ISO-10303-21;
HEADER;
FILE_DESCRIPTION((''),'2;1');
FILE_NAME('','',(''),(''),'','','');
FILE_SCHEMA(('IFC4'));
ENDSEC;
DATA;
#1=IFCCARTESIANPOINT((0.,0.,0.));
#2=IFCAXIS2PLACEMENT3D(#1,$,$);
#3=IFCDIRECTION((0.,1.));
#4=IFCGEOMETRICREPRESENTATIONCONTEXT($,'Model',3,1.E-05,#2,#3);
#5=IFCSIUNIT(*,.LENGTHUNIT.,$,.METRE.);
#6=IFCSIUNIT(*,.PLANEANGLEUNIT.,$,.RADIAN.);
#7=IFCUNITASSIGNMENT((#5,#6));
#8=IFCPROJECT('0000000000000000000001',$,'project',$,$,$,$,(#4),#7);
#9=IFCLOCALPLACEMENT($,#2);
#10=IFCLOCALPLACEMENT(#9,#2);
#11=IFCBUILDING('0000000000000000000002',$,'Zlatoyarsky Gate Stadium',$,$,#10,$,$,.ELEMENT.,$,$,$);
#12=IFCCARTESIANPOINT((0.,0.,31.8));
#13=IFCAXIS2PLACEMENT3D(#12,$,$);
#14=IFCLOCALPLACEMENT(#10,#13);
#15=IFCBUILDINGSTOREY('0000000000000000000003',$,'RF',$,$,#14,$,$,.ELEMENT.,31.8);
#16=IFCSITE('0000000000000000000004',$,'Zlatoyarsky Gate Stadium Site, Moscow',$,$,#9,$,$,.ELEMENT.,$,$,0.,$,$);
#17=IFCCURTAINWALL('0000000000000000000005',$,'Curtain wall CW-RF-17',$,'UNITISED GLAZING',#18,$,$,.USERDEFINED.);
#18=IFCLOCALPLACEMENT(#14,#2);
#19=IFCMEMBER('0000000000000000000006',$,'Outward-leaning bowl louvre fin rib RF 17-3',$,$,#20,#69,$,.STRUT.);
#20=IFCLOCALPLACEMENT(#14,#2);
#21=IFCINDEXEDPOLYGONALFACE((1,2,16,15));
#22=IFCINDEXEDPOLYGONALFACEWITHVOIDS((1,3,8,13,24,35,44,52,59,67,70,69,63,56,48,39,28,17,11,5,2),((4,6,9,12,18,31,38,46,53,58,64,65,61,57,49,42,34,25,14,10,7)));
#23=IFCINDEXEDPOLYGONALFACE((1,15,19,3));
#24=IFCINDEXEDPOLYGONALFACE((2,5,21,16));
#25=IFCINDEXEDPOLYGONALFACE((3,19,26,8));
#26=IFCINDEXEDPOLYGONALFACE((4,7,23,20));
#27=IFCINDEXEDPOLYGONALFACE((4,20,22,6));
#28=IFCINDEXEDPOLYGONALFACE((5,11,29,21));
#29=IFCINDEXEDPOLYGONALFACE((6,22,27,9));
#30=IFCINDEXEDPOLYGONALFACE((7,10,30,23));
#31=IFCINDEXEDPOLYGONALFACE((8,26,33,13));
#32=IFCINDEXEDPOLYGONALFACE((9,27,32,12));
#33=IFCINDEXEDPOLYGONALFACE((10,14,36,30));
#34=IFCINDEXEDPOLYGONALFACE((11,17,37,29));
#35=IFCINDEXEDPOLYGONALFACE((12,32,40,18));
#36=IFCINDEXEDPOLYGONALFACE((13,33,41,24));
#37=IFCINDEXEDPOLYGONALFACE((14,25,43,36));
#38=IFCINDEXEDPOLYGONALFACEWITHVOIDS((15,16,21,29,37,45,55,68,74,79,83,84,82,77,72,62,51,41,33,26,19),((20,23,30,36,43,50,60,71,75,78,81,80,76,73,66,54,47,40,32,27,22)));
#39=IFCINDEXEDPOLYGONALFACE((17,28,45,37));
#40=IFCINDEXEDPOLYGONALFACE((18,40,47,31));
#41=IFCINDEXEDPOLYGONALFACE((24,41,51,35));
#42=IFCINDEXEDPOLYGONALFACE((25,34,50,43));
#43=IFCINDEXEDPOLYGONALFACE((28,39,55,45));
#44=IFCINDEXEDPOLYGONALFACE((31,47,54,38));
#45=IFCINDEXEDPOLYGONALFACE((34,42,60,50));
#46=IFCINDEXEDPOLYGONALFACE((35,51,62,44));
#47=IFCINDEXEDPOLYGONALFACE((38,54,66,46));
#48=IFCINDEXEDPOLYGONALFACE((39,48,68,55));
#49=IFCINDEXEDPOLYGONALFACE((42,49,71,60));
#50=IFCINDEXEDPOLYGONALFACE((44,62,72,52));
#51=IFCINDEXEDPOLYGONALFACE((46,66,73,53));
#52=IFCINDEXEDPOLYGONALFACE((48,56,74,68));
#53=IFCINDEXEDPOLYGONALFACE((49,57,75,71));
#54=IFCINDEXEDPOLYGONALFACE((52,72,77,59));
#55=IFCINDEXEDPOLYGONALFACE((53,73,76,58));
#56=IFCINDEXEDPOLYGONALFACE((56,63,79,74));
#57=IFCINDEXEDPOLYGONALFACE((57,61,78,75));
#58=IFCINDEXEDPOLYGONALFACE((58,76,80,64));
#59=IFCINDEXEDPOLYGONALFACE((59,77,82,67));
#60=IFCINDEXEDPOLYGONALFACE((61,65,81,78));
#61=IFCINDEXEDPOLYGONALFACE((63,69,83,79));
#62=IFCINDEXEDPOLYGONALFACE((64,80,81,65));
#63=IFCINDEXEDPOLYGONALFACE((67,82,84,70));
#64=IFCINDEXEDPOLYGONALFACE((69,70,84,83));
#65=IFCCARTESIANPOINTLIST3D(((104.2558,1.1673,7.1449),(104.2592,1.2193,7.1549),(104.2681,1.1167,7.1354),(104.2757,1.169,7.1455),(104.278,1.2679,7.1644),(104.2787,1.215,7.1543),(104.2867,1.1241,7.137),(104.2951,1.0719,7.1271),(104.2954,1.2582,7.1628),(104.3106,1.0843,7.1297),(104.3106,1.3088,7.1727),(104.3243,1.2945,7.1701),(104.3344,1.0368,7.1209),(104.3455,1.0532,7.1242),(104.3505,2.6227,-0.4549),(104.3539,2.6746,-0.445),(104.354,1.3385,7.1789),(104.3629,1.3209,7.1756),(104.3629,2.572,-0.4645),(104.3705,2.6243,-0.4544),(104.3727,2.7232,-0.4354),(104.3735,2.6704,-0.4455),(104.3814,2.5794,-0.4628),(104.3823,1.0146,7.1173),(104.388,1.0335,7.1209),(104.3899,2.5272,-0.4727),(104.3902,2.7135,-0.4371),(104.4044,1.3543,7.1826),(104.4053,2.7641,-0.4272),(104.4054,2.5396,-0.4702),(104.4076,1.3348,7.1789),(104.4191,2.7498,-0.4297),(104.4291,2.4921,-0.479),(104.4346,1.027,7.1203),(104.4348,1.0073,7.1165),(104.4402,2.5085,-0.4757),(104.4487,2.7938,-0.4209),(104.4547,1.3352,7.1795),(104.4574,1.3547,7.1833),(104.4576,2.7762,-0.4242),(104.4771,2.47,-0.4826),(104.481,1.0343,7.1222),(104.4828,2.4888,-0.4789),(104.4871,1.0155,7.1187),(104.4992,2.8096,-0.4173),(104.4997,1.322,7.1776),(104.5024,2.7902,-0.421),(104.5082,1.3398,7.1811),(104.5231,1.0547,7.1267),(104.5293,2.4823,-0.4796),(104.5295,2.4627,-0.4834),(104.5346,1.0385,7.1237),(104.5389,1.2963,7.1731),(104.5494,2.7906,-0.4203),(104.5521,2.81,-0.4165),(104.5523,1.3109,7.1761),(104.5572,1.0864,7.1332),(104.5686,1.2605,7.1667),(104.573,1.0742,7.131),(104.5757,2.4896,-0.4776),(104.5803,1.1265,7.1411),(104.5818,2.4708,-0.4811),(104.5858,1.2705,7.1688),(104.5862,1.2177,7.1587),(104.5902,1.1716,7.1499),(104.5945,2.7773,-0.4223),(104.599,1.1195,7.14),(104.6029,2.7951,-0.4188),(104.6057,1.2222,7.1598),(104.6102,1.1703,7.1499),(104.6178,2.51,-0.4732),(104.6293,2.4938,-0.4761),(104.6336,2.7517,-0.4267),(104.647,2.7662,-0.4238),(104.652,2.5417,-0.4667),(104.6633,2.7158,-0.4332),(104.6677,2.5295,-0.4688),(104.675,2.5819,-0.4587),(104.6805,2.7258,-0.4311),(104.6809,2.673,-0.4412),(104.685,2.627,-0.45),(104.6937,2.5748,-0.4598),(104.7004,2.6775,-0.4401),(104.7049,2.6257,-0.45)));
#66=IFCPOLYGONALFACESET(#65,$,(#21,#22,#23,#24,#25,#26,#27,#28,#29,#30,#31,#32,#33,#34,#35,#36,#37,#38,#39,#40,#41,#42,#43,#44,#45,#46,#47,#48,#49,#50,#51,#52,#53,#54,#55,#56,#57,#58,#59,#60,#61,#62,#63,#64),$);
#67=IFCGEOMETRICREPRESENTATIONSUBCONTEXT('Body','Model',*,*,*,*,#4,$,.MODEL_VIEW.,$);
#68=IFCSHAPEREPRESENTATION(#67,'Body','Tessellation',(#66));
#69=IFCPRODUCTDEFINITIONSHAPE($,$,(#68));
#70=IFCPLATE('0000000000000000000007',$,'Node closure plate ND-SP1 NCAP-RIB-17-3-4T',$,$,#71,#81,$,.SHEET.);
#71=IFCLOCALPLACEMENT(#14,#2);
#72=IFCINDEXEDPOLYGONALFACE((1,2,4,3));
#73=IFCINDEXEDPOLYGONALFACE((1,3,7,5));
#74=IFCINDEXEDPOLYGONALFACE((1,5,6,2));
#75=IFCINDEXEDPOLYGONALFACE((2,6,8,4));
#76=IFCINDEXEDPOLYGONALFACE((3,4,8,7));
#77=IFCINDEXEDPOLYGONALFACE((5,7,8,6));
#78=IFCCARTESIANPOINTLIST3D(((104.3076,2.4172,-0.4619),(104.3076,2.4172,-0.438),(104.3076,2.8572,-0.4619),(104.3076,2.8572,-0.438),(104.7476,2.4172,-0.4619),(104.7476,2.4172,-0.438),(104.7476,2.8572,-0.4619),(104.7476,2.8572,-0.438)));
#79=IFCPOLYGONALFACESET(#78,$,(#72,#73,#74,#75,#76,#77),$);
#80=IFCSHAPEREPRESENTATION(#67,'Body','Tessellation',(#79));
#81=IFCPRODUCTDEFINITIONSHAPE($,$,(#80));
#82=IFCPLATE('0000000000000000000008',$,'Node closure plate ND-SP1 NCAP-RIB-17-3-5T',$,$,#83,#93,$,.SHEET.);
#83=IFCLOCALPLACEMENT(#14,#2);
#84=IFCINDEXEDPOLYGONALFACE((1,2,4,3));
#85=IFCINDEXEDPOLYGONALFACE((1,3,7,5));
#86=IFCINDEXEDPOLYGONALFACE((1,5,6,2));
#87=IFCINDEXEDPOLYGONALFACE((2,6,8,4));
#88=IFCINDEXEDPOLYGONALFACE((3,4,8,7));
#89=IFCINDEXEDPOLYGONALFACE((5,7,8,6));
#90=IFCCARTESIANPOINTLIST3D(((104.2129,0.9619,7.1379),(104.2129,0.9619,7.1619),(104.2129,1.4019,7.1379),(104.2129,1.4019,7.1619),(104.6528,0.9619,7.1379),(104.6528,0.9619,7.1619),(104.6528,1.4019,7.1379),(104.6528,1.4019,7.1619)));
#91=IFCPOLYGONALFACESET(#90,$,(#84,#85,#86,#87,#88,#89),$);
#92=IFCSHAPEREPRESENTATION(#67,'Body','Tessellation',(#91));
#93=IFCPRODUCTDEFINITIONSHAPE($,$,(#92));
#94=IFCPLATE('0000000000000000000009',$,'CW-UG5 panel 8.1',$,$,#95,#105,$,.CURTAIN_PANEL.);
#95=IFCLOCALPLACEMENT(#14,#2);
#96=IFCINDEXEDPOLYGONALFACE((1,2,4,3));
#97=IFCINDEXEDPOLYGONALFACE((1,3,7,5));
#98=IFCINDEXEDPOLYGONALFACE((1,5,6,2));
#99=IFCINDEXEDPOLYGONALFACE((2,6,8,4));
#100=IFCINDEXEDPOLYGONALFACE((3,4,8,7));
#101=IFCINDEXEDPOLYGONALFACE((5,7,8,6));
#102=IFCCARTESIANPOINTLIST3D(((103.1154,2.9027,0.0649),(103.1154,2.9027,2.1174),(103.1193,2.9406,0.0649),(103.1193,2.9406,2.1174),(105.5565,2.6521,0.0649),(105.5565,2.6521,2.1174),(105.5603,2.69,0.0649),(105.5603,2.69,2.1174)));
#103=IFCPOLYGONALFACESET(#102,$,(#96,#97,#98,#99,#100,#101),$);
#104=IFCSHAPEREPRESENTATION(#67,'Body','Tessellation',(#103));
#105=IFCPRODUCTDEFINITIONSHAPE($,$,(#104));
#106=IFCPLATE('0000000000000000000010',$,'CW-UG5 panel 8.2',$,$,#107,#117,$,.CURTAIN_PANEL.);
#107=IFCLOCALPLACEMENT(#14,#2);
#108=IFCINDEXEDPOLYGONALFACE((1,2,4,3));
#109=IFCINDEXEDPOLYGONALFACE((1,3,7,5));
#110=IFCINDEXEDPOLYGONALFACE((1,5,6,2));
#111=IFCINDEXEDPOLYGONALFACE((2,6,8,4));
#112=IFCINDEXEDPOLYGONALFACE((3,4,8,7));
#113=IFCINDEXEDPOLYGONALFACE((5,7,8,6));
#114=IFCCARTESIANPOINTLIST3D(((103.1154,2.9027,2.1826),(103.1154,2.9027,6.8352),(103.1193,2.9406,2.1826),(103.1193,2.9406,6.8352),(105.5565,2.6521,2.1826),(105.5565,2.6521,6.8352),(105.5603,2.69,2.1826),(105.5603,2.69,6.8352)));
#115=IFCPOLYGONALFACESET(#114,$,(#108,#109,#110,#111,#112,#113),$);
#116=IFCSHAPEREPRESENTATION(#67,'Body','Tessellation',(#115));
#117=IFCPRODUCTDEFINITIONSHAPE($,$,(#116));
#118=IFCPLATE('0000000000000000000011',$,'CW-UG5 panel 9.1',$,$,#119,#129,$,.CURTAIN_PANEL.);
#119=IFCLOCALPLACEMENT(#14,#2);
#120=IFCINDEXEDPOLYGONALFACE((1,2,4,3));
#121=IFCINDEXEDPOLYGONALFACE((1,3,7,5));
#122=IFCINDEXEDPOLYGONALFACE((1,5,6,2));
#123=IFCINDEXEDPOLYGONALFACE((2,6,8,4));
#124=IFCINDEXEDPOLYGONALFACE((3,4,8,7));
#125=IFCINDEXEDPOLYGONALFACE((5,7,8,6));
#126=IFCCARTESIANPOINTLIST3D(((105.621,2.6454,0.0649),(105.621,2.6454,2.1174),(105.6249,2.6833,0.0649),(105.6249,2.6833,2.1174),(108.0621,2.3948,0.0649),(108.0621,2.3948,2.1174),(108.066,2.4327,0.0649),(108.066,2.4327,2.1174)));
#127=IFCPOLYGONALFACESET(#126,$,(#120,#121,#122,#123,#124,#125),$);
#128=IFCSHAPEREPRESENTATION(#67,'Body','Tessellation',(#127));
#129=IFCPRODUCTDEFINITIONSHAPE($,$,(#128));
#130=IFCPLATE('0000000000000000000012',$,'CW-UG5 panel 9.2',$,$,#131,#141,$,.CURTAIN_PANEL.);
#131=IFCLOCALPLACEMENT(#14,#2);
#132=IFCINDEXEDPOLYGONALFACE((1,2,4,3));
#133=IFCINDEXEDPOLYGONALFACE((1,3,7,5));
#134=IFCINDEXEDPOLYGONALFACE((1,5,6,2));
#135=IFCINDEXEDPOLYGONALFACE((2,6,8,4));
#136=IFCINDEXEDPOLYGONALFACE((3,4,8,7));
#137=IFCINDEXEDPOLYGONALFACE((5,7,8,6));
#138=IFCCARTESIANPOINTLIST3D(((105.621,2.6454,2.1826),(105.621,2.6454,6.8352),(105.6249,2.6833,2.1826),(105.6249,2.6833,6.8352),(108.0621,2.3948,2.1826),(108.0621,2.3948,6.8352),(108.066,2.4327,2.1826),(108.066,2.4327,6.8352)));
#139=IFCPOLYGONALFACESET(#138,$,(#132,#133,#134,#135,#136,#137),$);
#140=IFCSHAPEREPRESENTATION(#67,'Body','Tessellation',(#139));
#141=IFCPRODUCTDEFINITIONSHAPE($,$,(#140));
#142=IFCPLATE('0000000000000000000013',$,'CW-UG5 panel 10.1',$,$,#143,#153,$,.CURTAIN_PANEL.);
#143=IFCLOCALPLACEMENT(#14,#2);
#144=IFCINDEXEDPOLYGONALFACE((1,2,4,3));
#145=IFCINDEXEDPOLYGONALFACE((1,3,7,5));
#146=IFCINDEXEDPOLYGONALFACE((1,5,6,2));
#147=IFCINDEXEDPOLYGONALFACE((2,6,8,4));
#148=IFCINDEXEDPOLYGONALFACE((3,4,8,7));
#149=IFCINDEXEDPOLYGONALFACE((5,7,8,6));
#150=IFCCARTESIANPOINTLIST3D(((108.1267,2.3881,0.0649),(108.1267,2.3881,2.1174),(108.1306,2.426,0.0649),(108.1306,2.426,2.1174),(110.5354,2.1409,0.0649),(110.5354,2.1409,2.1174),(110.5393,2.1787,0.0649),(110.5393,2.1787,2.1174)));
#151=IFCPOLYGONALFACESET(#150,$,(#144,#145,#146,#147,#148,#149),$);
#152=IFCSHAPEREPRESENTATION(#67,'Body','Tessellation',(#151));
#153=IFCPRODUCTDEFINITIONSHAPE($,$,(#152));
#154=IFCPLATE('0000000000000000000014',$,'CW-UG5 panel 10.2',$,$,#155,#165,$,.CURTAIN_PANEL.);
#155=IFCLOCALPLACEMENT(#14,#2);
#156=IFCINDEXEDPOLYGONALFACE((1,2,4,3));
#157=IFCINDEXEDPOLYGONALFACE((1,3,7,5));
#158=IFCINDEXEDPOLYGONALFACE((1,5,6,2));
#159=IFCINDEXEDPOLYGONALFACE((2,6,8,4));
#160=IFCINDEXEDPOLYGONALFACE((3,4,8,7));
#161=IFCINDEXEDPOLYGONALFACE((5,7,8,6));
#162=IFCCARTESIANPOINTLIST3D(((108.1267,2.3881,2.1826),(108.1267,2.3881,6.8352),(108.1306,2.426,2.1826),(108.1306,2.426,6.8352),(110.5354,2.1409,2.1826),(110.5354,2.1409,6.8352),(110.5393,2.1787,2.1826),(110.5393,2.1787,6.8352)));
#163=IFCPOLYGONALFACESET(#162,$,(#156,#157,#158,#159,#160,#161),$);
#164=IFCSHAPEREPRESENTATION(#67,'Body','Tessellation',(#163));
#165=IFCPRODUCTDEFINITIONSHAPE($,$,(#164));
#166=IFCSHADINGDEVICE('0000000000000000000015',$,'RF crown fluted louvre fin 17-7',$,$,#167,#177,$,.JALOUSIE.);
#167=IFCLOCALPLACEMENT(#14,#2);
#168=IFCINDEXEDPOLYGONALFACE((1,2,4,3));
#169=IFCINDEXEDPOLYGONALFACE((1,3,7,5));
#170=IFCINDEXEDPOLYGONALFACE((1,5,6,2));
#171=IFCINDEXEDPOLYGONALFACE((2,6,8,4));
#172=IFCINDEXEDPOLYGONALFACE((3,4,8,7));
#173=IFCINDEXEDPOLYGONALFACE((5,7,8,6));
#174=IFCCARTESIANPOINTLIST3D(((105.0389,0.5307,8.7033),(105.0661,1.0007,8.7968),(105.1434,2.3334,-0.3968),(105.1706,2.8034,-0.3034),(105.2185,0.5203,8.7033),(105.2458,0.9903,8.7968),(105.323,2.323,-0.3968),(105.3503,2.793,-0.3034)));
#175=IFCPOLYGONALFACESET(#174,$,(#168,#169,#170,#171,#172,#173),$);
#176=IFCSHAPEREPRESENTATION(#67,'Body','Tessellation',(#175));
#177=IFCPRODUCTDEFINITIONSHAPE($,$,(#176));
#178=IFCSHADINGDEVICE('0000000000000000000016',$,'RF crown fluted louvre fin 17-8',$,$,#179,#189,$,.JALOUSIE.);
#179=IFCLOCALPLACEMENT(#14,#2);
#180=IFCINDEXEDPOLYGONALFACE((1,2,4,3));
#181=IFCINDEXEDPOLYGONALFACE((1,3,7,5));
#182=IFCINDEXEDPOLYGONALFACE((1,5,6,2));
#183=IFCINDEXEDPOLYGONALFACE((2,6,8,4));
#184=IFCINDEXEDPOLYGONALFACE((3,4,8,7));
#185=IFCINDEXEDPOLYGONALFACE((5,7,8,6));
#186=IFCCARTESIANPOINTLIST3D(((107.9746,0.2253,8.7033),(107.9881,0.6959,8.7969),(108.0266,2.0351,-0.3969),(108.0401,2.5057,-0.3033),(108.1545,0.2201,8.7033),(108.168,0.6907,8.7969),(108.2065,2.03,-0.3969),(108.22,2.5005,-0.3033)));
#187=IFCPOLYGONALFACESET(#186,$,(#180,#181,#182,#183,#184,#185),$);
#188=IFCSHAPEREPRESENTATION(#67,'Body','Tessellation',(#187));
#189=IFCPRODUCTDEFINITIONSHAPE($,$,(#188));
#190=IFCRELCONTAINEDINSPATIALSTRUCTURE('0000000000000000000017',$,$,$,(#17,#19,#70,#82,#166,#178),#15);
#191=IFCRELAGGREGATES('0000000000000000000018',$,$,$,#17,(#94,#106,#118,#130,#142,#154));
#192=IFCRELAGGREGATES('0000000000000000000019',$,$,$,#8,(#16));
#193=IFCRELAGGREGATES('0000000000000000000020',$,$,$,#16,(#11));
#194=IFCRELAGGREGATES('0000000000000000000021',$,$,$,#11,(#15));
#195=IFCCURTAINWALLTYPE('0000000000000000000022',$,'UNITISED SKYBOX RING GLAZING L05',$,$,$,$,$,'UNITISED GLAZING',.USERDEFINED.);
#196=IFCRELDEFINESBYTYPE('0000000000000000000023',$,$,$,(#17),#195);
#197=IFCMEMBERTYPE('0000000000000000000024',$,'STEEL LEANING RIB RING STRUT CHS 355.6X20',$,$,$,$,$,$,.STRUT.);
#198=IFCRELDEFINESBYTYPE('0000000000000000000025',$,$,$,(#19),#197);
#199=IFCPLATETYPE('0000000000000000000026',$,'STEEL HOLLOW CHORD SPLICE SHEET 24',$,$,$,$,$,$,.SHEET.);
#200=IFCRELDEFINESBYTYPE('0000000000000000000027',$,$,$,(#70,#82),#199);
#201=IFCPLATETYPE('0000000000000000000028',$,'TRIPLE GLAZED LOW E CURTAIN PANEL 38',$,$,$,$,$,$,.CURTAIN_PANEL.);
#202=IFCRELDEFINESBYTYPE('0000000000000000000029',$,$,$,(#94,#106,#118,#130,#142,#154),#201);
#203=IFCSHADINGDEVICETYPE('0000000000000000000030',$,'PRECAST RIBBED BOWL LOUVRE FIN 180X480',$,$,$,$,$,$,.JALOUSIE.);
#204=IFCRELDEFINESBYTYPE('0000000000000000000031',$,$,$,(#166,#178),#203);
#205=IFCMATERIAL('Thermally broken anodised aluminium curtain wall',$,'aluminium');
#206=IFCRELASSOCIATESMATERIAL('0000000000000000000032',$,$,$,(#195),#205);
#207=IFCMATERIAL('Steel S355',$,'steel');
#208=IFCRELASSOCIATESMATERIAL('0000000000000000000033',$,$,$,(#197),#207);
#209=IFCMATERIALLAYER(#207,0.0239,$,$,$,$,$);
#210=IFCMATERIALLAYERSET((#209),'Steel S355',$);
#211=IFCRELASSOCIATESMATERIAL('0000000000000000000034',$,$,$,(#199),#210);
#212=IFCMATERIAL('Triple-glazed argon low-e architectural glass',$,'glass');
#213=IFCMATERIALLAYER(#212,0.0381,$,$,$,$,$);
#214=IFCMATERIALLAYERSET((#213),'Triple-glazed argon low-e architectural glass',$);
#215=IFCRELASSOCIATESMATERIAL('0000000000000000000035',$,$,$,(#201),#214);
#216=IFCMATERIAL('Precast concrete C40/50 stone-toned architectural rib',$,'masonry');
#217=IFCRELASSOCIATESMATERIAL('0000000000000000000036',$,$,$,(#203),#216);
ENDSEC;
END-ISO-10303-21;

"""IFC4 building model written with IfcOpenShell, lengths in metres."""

from ifc_helpers import new_model, si_unit, direction, frame, origin, origin_2d, place, context, subcontext, project, spatial, rectangle, hollow_circle, extrude, material, layer, layer_set, material_profile, profile_set, type_object, element, aggregate, save


model = new_model("IFC4")

# Units and contexts
model_context = context("Model", 3, precision=1e-05, world=origin(), true_north=direction((0.0, 1.0)))
body_context = subcontext(model_context, "Body", "Model", "MODEL_VIEW")
ifc_project = project(units=[si_unit("LENGTHUNIT", "METRE"), si_unit("PLANEANGLEUNIT", "RADIAN")], contexts=[model_context])

# Site, building, storey
site_placement = place(None, origin())
site = spatial("IfcSite", under=ifc_project, at=site_placement, Name="Zlatoyarsky Gate Stadium Site, Moscow", CompositionType="ELEMENT", RefElevation=0.0)
building_placement = place(site_placement, origin())
building = spatial("IfcBuilding", under=site, at=building_placement, Name="Zlatoyarsky Gate Stadium", CompositionType="ELEMENT")
storey_placement = place(building_placement, frame((0.0, 0.0, 31.8)))
storey = spatial("IfcBuildingStorey", under=building, at=storey_placement, Name="RF", CompositionType="ELEMENT", Elevation=31.8)

# Curtain wall
ifc_material_1 = material(Name="Thermally broken anodised aluminium curtain wall", Category="aluminium")
curtain_wall_type = type_object("IfcCurtainWallType", Name="UNITISED SKYBOX RING GLAZING L05", ElementType="UNITISED GLAZING", PredefinedType="USERDEFINED", material=ifc_material_1)
curtain_wall_placement = place(storey_placement, origin())
curtain_wall = element("IfcCurtainWall", 1, at=curtain_wall_placement, inside=storey, type_object=curtain_wall_type, Name="Curtain wall CW-RF-17", ObjectType="UNITISED GLAZING", PredefinedType="USERDEFINED")

# Member
ifc_material_2 = material(Name="Steel S355", Category="steel")
ifc_material_profile_1 = material_profile(ifc_material_2, hollow_circle(Radius=0.1777, WallThickness=0.02, at=origin_2d()), Name="CHS 355.6X20")
ifc_profile_set_1 = profile_set([ifc_material_profile_1], Name="Steel S355")
member_type_1 = type_object("IfcMemberType", Name="STEEL LEANING RIB RING STRUT CHS 355.6X20", PredefinedType="STRUT", material=ifc_profile_set_1)
member_1_placement = place(storey_placement, frame((104.5276, 2.6372, -0.45), z_axis=(-0.012241, -0.188062, 0.982081), x_axis=(0.997888, -0.064952, 0.0)))
element("IfcMember", 2, at=member_1_placement, inside=storey, type_object=member_type_1, Name="Outward-leaning bowl louvre fin rib RF 17-3", PredefinedType="STRUT", context=body_context, shape_type="SweptSolid", body=[
    extrude(hollow_circle(Radius=0.1777, WallThickness=0.02, at=origin_2d()), origin(), (0.0, 0.0, 1.0), 7.7385),
])

# Plates
ifc_layer_1 = layer(ifc_material_2, 0.0239)
ifc_layer_set_1 = layer_set([ifc_layer_1], Name="Steel S355")
plate_type_1 = type_object("IfcPlateType", Name="STEEL HOLLOW CHORD SPLICE SHEET 24", PredefinedType="SHEET", material=ifc_layer_set_1)
for number, where, z_axis, x_axis, name in (
    (3, (104.5276, 2.6372, -0.4619), (0.0, 0.0, 1.0), (1.0, 0.0, 0.0), "Node closure plate ND-SP1 NCAP-RIB-17-3-4T"),
    (4, (104.4329, 1.1819, 7.1379), (0.0, 0.0, 1.0), (1.0, 0.0, 0.0), "Node closure plate ND-SP1 NCAP-RIB-17-3-5T"),
):
    element("IfcPlate", number, at=place(storey_placement, frame(where, z_axis=z_axis, x_axis=x_axis)), inside=storey, type_object=plate_type_1, Name=name, PredefinedType="SHEET", context=body_context, shape_type="SweptSolid", body=[
        extrude(rectangle(XDim=0.4399, YDim=0.4399, at=origin_2d()), origin(), (0.0, 0.0, 1.0), 0.0239),
    ])

# Plates
ifc_material_3 = material(Name="Triple-glazed argon low-e architectural glass", Category="glass")
ifc_layer_2 = layer(ifc_material_3, 0.0381)
ifc_layer_set_2 = layer_set([ifc_layer_2], Name="Triple-glazed argon low-e architectural glass")
plate_type_2 = type_object("IfcPlateType", Name="TRIPLE GLAZED LOW E CURTAIN PANEL 38", PredefinedType="CURTAIN_PANEL", material=ifc_layer_set_2)
plate_1_placement = place(storey_placement, frame((104.3379, 2.7964, 0.0649), z_axis=(0.0, 0.0, 1.0), x_axis=(0.994772, -0.102125, 0.0)))
plate_1 = element("IfcPlate", 5, at=plate_1_placement, type_object=plate_type_2, Name="CW-UG5 panel 8.1", PredefinedType="CURTAIN_PANEL", context=body_context, shape_type="SweptSolid", body=[
    extrude(rectangle(XDim=2.4539, YDim=0.0381, at=origin_2d()), origin(), (0.0, 0.0, 1.0), 2.0525),
])
plate_2_placement = place(storey_placement, frame((104.3379, 2.7964, 2.1826), z_axis=(0.0, 0.0, 1.0), x_axis=(0.994772, -0.102125, 0.0)))
plate_2 = element("IfcPlate", 6, at=plate_2_placement, type_object=plate_type_2, Name="CW-UG5 panel 8.2", PredefinedType="CURTAIN_PANEL", context=body_context, shape_type="SweptSolid", body=[
    extrude(rectangle(XDim=2.4539, YDim=0.0381, at=origin_2d()), origin(), (0.0, 0.0, 1.0), 4.6526),
])
plate_3_placement = place(storey_placement, frame((106.8435, 2.5391, 0.0649), z_axis=(0.0, 0.0, 1.0), x_axis=(0.994772, -0.102125, 0.0)))
plate_3 = element("IfcPlate", 7, at=plate_3_placement, type_object=plate_type_2, Name="CW-UG5 panel 9.1", PredefinedType="CURTAIN_PANEL", context=body_context, shape_type="SweptSolid", body=[
    extrude(rectangle(XDim=2.4539, YDim=0.0381, at=origin_2d()), origin(), (0.0, 0.0, 1.0), 2.0525),
])
plate_4_placement = place(storey_placement, frame((106.8435, 2.5391, 2.1826), z_axis=(0.0, 0.0, 1.0), x_axis=(0.994772, -0.102125, 0.0)))
plate_4 = element("IfcPlate", 8, at=plate_4_placement, type_object=plate_type_2, Name="CW-UG5 panel 9.2", PredefinedType="CURTAIN_PANEL", context=body_context, shape_type="SweptSolid", body=[
    extrude(rectangle(XDim=2.4539, YDim=0.0381, at=origin_2d()), origin(), (0.0, 0.0, 1.0), 4.6526),
])
plate_5_placement = place(storey_placement, frame((109.333, 2.2834, 0.0649), z_axis=(0.0, 0.0, 1.0), x_axis=(0.994772, -0.102125, 0.0)))
plate_5 = element("IfcPlate", 9, at=plate_5_placement, type_object=plate_type_2, Name="CW-UG5 panel 10.1", PredefinedType="CURTAIN_PANEL", context=body_context, shape_type="SweptSolid", body=[
    extrude(rectangle(XDim=2.4214, YDim=0.0381, at=origin_2d()), origin(), (0.0, 0.0, 1.0), 2.0525),
])
plate_6_placement = place(storey_placement, frame((109.333, 2.2834, 2.1826), z_axis=(0.0, 0.0, 1.0), x_axis=(0.994772, -0.102125, 0.0)))
plate_6 = element("IfcPlate", 10, at=plate_6_placement, type_object=plate_type_2, Name="CW-UG5 panel 10.2", PredefinedType="CURTAIN_PANEL", context=body_context, shape_type="SweptSolid", body=[
    extrude(rectangle(XDim=2.4214, YDim=0.0381, at=origin_2d()), origin(), (0.0, 0.0, 1.0), 4.6526),
])
aggregate(curtain_wall, [plate_1, plate_2, plate_3, plate_4, plate_5, plate_6])

# Shading devices
ifc_material_4 = material(Name="Precast concrete C40/50 stone-toned architectural rib", Category="masonry")
ifc_material_profile_2 = material_profile(ifc_material_4, rectangle(XDim=0.1799, YDim=0.48, at=origin_2d()), Name="RIB 180X480")
ifc_profile_set_2 = profile_set([ifc_material_profile_2], Name="Precast concrete C40/50 stone-toned architectural rib")
shading_device_type = type_object("IfcShadingDeviceType", Name="PRECAST RIBBED BOWL LOUVRE FIN 180X480", PredefinedType="JALOUSIE", material=ifc_profile_set_2)
shading_device_1_placement = place(storey_placement, frame((105.2468, 2.5632, -0.3501), z_axis=(-0.011263, -0.194312, 0.980875), x_axis=(0.998324, -0.057866, 0.0)))
element("IfcShadingDevice", 11, at=shading_device_1_placement, inside=storey, type_object=shading_device_type, Name="RF crown fluted louvre fin 17-7", PredefinedType="JALOUSIE", context=body_context, shape_type="SweptSolid", body=[
    extrude(rectangle(XDim=0.1799, YDim=0.48, at=origin_2d()), origin(), (0.0, 0.0, 1.0), 9.2776),
])
shading_device_2_placement = place(storey_placement, frame((108.1233, 2.2678, -0.3501), z_axis=(-0.005605, -0.195055, 0.980776), x_axis=(0.999587, -0.028721, 0.0)))
element("IfcShadingDevice", 12, at=shading_device_2_placement, inside=storey, type_object=shading_device_type, Name="RF crown fluted louvre fin 17-8", PredefinedType="JALOUSIE", context=body_context, shape_type="SweptSolid", body=[
    extrude(rectangle(XDim=0.1799, YDim=0.48, at=origin_2d()), origin(), (0.0, 0.0, 1.0), 9.2786),
])

save(model, "model.ifc")
